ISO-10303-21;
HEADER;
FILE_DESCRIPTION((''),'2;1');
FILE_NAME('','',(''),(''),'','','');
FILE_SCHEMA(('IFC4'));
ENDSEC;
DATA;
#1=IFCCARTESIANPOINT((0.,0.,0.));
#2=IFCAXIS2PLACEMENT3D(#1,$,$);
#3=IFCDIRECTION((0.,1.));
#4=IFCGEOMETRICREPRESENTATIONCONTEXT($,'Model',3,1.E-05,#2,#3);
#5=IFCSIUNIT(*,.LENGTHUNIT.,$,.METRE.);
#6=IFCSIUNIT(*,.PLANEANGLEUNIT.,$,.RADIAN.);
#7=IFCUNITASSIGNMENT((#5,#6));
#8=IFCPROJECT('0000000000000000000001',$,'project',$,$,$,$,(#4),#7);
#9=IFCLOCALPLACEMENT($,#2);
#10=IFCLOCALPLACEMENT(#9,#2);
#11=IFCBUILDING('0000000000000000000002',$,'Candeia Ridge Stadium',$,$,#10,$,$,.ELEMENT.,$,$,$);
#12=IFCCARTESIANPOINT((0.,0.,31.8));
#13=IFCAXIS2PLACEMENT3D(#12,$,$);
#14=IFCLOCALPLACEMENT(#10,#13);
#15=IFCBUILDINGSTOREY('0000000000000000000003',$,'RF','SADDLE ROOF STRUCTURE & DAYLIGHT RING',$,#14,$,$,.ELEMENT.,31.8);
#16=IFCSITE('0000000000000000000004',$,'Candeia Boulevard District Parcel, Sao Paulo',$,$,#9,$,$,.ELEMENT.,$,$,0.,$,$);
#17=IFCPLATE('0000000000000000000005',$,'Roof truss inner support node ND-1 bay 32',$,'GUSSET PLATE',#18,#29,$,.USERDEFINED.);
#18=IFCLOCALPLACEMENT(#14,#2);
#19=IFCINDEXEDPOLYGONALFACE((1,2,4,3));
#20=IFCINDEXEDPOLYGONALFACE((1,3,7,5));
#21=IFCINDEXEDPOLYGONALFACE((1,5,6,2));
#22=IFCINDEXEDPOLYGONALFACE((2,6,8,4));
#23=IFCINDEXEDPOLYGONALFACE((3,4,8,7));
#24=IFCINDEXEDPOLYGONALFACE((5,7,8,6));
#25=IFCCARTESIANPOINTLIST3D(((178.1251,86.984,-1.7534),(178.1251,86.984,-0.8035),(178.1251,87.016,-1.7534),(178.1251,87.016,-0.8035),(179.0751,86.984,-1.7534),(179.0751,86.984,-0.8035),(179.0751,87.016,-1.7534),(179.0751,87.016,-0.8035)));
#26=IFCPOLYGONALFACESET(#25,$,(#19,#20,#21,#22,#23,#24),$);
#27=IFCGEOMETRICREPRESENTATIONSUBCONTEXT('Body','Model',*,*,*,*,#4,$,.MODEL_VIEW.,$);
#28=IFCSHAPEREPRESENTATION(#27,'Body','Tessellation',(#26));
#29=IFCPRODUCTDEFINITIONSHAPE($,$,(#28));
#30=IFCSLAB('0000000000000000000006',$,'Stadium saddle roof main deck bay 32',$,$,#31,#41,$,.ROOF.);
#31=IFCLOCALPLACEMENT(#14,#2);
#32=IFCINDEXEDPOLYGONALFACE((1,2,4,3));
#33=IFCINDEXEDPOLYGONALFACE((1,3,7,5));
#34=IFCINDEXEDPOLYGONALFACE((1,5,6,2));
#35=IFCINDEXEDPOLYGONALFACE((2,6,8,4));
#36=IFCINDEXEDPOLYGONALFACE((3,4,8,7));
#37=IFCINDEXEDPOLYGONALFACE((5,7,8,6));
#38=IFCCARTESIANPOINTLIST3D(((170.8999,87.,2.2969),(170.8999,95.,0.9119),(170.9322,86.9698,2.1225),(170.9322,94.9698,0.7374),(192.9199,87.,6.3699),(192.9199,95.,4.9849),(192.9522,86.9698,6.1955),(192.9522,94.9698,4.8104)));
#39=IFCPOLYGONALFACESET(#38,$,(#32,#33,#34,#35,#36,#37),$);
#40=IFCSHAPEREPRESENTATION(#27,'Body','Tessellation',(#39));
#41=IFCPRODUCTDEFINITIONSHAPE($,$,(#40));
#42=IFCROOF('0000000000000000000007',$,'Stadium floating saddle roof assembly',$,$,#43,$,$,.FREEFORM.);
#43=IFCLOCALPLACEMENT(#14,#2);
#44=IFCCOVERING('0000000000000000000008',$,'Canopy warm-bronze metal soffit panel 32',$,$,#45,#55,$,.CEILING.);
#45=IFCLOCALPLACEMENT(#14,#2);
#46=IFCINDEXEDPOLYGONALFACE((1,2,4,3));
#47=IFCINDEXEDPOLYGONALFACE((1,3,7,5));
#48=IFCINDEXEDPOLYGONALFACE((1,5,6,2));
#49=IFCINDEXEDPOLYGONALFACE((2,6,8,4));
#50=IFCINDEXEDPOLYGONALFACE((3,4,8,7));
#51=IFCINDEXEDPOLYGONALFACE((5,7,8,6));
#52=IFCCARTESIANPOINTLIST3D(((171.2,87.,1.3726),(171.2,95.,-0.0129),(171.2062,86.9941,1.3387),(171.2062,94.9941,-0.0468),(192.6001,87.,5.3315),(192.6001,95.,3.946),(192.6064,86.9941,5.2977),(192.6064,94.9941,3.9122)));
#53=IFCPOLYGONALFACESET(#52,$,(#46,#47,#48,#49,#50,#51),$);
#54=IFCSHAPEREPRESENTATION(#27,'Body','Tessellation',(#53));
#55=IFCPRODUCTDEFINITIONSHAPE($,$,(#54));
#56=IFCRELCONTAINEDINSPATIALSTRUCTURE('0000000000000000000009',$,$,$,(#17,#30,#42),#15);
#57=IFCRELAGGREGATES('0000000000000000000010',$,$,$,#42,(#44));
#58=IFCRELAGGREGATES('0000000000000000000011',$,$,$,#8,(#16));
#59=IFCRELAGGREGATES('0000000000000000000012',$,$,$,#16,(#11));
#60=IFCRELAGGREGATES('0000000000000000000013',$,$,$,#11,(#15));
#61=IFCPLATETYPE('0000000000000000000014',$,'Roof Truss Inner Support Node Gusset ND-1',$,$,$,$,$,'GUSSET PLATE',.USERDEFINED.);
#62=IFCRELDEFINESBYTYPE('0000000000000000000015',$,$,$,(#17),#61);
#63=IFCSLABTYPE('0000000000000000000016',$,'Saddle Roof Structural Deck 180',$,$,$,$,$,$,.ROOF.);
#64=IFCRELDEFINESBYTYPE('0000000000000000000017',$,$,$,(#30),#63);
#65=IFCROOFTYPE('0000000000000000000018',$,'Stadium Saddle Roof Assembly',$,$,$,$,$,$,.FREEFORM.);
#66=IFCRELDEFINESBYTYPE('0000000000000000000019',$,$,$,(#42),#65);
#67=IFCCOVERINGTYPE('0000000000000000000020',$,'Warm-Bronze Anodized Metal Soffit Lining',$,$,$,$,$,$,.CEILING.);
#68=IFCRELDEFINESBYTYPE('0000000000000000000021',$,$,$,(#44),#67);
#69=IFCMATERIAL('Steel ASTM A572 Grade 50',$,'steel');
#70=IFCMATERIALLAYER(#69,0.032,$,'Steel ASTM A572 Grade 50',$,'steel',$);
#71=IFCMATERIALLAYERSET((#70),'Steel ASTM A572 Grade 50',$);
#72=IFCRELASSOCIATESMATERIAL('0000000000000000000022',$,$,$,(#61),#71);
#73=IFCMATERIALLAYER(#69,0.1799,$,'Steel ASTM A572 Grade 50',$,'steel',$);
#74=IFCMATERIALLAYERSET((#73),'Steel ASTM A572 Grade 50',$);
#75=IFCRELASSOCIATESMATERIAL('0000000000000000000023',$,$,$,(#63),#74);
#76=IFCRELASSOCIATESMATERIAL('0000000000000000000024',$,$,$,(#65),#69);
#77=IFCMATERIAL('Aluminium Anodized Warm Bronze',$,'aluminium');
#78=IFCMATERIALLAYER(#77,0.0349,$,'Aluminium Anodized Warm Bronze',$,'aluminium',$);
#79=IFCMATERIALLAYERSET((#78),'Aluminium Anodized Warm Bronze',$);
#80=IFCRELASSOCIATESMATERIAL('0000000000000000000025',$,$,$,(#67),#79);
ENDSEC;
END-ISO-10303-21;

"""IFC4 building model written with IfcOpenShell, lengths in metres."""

from ifc_helpers import new_model, si_unit, direction, frame, origin, origin_2d, place, context, subcontext, project, spatial, polyline, rectangle, outline, extrude, material, layer, layer_set, type_object, element, aggregate, save


model = new_model("IFC4")

# Units and contexts
model_context = context("Model", 3, precision=1e-05, world=origin(), true_north=direction((0.0, 1.0)))
body_context = subcontext(model_context, "Body", "Model", "MODEL_VIEW")
ifc_project = project(units=[si_unit("LENGTHUNIT", "METRE"), si_unit("PLANEANGLEUNIT", "RADIAN")], contexts=[model_context])

# Site, building, storey
site_placement = place(None, origin())
site = spatial("IfcSite", under=ifc_project, at=site_placement, Name="Candeia Boulevard District Parcel, Sao Paulo", CompositionType="ELEMENT", RefElevation=0.0)
building_placement = place(site_placement, origin())
building = spatial("IfcBuilding", under=site, at=building_placement, Name="Candeia Ridge Stadium", CompositionType="ELEMENT")
storey_placement = place(building_placement, frame((0.0, 0.0, 31.8)))
storey = spatial("IfcBuildingStorey", under=building, at=storey_placement, Name="RF", Description="SADDLE ROOF STRUCTURE & DAYLIGHT RING", CompositionType="ELEMENT", Elevation=31.8)

# Shared definitions
ifc_material_1 = material(Name="Steel ASTM A572 Grade 50", Category="steel")

# Plate
ifc_layer_1 = layer(ifc_material_1, 0.032, Name="Steel ASTM A572 Grade 50", Category="steel")
ifc_layer_set_1 = layer_set([ifc_layer_1], Name="Steel ASTM A572 Grade 50")
plate_type_1 = type_object("IfcPlateType", Name="Roof Truss Inner Support Node Gusset ND-1", ElementType="GUSSET PLATE", PredefinedType="USERDEFINED", material=ifc_layer_set_1)
plate_1_placement = place(storey_placement, frame((178.6001, 87.0, -1.7534), z_axis=(0.0, 0.0, 1.0), x_axis=(1.0, 0.0, 0.0)))
element("IfcPlate", 1, at=plate_1_placement, inside=storey, type_object=plate_type_1, Name="Roof truss inner support node ND-1 bay 32", ObjectType="GUSSET PLATE", PredefinedType="USERDEFINED", context=body_context, shape_type="SweptSolid", body=[
    extrude(rectangle(XDim=0.95, YDim=0.032, at=origin_2d()), origin(), (0.0, 0.0, 1.0), 0.95),
])

# Slab
ifc_layer_2 = layer(ifc_material_1, 0.1799, Name="Steel ASTM A572 Grade 50", Category="steel")
ifc_layer_set_2 = layer_set([ifc_layer_2], Name="Steel ASTM A572 Grade 50")
slab_type = type_object("IfcSlabType", Name="Saddle Roof Structural Deck 180", PredefinedType="ROOF", material=ifc_layer_set_2)
slab_placement = place(storey_placement, frame((170.8999, 87.0, 2.2969), z_axis=(-0.179303, 0.167824, 0.969374), x_axis=(0.0, 0.985342, -0.170589)))
element("IfcSlab", 2, at=slab_placement, inside=storey, type_object=slab_type, Name="Stadium saddle roof main deck bay 32", PredefinedType="ROOF", context=body_context, shape_type="SweptSolid", body=[
    extrude(outline(polyline([(0.0, 0.0), (8.119, 0.0), (7.4242, -22.3828), (-0.6948, -22.3828), (0.0, 0.0)])), origin(), (0.0, 0.0, -1.0), 0.1799),
])

# Roof, covering
roof_type = type_object("IfcRoofType", Name="Stadium Saddle Roof Assembly", PredefinedType="FREEFORM", material=ifc_material_1)
roof_placement = place(storey_placement, origin())
roof = element("IfcRoof", 3, at=roof_placement, inside=storey, type_object=roof_type, Name="Stadium floating saddle roof assembly", PredefinedType="FREEFORM")
ifc_material_2 = material(Name="Aluminium Anodized Warm Bronze", Category="aluminium")
ifc_layer_3 = layer(ifc_material_2, 0.0349, Name="Aluminium Anodized Warm Bronze", Category="aluminium")
ifc_layer_set_3 = layer_set([ifc_layer_3], Name="Aluminium Anodized Warm Bronze")
covering_type = type_object("IfcCoveringType", Name="Warm-Bronze Anodized Metal Soffit Lining", PredefinedType="CEILING", material=ifc_layer_set_3)
covering_placement = place(storey_placement, frame((171.2, 87.0, 1.3726), z_axis=(-0.179329, 0.167881, 0.969359), x_axis=(0.0, 0.985332, -0.170647)))
covering = element("IfcCovering", 4, at=covering_placement, type_object=covering_type, Name="Canopy warm-bronze metal soffit panel 32", PredefinedType="CEILING", context=body_context, shape_type="SweptSolid", body=[
    extrude(outline(polyline([(0.0, 0.0), (8.1191, 0.0), (7.4435, -21.7528), (-0.6756, -21.7528), (0.0, 0.0)])), origin(), (0.0, 0.0, -1.0), 0.0349),
])
aggregate(roof, [covering])

save(model, "model.ifc")
